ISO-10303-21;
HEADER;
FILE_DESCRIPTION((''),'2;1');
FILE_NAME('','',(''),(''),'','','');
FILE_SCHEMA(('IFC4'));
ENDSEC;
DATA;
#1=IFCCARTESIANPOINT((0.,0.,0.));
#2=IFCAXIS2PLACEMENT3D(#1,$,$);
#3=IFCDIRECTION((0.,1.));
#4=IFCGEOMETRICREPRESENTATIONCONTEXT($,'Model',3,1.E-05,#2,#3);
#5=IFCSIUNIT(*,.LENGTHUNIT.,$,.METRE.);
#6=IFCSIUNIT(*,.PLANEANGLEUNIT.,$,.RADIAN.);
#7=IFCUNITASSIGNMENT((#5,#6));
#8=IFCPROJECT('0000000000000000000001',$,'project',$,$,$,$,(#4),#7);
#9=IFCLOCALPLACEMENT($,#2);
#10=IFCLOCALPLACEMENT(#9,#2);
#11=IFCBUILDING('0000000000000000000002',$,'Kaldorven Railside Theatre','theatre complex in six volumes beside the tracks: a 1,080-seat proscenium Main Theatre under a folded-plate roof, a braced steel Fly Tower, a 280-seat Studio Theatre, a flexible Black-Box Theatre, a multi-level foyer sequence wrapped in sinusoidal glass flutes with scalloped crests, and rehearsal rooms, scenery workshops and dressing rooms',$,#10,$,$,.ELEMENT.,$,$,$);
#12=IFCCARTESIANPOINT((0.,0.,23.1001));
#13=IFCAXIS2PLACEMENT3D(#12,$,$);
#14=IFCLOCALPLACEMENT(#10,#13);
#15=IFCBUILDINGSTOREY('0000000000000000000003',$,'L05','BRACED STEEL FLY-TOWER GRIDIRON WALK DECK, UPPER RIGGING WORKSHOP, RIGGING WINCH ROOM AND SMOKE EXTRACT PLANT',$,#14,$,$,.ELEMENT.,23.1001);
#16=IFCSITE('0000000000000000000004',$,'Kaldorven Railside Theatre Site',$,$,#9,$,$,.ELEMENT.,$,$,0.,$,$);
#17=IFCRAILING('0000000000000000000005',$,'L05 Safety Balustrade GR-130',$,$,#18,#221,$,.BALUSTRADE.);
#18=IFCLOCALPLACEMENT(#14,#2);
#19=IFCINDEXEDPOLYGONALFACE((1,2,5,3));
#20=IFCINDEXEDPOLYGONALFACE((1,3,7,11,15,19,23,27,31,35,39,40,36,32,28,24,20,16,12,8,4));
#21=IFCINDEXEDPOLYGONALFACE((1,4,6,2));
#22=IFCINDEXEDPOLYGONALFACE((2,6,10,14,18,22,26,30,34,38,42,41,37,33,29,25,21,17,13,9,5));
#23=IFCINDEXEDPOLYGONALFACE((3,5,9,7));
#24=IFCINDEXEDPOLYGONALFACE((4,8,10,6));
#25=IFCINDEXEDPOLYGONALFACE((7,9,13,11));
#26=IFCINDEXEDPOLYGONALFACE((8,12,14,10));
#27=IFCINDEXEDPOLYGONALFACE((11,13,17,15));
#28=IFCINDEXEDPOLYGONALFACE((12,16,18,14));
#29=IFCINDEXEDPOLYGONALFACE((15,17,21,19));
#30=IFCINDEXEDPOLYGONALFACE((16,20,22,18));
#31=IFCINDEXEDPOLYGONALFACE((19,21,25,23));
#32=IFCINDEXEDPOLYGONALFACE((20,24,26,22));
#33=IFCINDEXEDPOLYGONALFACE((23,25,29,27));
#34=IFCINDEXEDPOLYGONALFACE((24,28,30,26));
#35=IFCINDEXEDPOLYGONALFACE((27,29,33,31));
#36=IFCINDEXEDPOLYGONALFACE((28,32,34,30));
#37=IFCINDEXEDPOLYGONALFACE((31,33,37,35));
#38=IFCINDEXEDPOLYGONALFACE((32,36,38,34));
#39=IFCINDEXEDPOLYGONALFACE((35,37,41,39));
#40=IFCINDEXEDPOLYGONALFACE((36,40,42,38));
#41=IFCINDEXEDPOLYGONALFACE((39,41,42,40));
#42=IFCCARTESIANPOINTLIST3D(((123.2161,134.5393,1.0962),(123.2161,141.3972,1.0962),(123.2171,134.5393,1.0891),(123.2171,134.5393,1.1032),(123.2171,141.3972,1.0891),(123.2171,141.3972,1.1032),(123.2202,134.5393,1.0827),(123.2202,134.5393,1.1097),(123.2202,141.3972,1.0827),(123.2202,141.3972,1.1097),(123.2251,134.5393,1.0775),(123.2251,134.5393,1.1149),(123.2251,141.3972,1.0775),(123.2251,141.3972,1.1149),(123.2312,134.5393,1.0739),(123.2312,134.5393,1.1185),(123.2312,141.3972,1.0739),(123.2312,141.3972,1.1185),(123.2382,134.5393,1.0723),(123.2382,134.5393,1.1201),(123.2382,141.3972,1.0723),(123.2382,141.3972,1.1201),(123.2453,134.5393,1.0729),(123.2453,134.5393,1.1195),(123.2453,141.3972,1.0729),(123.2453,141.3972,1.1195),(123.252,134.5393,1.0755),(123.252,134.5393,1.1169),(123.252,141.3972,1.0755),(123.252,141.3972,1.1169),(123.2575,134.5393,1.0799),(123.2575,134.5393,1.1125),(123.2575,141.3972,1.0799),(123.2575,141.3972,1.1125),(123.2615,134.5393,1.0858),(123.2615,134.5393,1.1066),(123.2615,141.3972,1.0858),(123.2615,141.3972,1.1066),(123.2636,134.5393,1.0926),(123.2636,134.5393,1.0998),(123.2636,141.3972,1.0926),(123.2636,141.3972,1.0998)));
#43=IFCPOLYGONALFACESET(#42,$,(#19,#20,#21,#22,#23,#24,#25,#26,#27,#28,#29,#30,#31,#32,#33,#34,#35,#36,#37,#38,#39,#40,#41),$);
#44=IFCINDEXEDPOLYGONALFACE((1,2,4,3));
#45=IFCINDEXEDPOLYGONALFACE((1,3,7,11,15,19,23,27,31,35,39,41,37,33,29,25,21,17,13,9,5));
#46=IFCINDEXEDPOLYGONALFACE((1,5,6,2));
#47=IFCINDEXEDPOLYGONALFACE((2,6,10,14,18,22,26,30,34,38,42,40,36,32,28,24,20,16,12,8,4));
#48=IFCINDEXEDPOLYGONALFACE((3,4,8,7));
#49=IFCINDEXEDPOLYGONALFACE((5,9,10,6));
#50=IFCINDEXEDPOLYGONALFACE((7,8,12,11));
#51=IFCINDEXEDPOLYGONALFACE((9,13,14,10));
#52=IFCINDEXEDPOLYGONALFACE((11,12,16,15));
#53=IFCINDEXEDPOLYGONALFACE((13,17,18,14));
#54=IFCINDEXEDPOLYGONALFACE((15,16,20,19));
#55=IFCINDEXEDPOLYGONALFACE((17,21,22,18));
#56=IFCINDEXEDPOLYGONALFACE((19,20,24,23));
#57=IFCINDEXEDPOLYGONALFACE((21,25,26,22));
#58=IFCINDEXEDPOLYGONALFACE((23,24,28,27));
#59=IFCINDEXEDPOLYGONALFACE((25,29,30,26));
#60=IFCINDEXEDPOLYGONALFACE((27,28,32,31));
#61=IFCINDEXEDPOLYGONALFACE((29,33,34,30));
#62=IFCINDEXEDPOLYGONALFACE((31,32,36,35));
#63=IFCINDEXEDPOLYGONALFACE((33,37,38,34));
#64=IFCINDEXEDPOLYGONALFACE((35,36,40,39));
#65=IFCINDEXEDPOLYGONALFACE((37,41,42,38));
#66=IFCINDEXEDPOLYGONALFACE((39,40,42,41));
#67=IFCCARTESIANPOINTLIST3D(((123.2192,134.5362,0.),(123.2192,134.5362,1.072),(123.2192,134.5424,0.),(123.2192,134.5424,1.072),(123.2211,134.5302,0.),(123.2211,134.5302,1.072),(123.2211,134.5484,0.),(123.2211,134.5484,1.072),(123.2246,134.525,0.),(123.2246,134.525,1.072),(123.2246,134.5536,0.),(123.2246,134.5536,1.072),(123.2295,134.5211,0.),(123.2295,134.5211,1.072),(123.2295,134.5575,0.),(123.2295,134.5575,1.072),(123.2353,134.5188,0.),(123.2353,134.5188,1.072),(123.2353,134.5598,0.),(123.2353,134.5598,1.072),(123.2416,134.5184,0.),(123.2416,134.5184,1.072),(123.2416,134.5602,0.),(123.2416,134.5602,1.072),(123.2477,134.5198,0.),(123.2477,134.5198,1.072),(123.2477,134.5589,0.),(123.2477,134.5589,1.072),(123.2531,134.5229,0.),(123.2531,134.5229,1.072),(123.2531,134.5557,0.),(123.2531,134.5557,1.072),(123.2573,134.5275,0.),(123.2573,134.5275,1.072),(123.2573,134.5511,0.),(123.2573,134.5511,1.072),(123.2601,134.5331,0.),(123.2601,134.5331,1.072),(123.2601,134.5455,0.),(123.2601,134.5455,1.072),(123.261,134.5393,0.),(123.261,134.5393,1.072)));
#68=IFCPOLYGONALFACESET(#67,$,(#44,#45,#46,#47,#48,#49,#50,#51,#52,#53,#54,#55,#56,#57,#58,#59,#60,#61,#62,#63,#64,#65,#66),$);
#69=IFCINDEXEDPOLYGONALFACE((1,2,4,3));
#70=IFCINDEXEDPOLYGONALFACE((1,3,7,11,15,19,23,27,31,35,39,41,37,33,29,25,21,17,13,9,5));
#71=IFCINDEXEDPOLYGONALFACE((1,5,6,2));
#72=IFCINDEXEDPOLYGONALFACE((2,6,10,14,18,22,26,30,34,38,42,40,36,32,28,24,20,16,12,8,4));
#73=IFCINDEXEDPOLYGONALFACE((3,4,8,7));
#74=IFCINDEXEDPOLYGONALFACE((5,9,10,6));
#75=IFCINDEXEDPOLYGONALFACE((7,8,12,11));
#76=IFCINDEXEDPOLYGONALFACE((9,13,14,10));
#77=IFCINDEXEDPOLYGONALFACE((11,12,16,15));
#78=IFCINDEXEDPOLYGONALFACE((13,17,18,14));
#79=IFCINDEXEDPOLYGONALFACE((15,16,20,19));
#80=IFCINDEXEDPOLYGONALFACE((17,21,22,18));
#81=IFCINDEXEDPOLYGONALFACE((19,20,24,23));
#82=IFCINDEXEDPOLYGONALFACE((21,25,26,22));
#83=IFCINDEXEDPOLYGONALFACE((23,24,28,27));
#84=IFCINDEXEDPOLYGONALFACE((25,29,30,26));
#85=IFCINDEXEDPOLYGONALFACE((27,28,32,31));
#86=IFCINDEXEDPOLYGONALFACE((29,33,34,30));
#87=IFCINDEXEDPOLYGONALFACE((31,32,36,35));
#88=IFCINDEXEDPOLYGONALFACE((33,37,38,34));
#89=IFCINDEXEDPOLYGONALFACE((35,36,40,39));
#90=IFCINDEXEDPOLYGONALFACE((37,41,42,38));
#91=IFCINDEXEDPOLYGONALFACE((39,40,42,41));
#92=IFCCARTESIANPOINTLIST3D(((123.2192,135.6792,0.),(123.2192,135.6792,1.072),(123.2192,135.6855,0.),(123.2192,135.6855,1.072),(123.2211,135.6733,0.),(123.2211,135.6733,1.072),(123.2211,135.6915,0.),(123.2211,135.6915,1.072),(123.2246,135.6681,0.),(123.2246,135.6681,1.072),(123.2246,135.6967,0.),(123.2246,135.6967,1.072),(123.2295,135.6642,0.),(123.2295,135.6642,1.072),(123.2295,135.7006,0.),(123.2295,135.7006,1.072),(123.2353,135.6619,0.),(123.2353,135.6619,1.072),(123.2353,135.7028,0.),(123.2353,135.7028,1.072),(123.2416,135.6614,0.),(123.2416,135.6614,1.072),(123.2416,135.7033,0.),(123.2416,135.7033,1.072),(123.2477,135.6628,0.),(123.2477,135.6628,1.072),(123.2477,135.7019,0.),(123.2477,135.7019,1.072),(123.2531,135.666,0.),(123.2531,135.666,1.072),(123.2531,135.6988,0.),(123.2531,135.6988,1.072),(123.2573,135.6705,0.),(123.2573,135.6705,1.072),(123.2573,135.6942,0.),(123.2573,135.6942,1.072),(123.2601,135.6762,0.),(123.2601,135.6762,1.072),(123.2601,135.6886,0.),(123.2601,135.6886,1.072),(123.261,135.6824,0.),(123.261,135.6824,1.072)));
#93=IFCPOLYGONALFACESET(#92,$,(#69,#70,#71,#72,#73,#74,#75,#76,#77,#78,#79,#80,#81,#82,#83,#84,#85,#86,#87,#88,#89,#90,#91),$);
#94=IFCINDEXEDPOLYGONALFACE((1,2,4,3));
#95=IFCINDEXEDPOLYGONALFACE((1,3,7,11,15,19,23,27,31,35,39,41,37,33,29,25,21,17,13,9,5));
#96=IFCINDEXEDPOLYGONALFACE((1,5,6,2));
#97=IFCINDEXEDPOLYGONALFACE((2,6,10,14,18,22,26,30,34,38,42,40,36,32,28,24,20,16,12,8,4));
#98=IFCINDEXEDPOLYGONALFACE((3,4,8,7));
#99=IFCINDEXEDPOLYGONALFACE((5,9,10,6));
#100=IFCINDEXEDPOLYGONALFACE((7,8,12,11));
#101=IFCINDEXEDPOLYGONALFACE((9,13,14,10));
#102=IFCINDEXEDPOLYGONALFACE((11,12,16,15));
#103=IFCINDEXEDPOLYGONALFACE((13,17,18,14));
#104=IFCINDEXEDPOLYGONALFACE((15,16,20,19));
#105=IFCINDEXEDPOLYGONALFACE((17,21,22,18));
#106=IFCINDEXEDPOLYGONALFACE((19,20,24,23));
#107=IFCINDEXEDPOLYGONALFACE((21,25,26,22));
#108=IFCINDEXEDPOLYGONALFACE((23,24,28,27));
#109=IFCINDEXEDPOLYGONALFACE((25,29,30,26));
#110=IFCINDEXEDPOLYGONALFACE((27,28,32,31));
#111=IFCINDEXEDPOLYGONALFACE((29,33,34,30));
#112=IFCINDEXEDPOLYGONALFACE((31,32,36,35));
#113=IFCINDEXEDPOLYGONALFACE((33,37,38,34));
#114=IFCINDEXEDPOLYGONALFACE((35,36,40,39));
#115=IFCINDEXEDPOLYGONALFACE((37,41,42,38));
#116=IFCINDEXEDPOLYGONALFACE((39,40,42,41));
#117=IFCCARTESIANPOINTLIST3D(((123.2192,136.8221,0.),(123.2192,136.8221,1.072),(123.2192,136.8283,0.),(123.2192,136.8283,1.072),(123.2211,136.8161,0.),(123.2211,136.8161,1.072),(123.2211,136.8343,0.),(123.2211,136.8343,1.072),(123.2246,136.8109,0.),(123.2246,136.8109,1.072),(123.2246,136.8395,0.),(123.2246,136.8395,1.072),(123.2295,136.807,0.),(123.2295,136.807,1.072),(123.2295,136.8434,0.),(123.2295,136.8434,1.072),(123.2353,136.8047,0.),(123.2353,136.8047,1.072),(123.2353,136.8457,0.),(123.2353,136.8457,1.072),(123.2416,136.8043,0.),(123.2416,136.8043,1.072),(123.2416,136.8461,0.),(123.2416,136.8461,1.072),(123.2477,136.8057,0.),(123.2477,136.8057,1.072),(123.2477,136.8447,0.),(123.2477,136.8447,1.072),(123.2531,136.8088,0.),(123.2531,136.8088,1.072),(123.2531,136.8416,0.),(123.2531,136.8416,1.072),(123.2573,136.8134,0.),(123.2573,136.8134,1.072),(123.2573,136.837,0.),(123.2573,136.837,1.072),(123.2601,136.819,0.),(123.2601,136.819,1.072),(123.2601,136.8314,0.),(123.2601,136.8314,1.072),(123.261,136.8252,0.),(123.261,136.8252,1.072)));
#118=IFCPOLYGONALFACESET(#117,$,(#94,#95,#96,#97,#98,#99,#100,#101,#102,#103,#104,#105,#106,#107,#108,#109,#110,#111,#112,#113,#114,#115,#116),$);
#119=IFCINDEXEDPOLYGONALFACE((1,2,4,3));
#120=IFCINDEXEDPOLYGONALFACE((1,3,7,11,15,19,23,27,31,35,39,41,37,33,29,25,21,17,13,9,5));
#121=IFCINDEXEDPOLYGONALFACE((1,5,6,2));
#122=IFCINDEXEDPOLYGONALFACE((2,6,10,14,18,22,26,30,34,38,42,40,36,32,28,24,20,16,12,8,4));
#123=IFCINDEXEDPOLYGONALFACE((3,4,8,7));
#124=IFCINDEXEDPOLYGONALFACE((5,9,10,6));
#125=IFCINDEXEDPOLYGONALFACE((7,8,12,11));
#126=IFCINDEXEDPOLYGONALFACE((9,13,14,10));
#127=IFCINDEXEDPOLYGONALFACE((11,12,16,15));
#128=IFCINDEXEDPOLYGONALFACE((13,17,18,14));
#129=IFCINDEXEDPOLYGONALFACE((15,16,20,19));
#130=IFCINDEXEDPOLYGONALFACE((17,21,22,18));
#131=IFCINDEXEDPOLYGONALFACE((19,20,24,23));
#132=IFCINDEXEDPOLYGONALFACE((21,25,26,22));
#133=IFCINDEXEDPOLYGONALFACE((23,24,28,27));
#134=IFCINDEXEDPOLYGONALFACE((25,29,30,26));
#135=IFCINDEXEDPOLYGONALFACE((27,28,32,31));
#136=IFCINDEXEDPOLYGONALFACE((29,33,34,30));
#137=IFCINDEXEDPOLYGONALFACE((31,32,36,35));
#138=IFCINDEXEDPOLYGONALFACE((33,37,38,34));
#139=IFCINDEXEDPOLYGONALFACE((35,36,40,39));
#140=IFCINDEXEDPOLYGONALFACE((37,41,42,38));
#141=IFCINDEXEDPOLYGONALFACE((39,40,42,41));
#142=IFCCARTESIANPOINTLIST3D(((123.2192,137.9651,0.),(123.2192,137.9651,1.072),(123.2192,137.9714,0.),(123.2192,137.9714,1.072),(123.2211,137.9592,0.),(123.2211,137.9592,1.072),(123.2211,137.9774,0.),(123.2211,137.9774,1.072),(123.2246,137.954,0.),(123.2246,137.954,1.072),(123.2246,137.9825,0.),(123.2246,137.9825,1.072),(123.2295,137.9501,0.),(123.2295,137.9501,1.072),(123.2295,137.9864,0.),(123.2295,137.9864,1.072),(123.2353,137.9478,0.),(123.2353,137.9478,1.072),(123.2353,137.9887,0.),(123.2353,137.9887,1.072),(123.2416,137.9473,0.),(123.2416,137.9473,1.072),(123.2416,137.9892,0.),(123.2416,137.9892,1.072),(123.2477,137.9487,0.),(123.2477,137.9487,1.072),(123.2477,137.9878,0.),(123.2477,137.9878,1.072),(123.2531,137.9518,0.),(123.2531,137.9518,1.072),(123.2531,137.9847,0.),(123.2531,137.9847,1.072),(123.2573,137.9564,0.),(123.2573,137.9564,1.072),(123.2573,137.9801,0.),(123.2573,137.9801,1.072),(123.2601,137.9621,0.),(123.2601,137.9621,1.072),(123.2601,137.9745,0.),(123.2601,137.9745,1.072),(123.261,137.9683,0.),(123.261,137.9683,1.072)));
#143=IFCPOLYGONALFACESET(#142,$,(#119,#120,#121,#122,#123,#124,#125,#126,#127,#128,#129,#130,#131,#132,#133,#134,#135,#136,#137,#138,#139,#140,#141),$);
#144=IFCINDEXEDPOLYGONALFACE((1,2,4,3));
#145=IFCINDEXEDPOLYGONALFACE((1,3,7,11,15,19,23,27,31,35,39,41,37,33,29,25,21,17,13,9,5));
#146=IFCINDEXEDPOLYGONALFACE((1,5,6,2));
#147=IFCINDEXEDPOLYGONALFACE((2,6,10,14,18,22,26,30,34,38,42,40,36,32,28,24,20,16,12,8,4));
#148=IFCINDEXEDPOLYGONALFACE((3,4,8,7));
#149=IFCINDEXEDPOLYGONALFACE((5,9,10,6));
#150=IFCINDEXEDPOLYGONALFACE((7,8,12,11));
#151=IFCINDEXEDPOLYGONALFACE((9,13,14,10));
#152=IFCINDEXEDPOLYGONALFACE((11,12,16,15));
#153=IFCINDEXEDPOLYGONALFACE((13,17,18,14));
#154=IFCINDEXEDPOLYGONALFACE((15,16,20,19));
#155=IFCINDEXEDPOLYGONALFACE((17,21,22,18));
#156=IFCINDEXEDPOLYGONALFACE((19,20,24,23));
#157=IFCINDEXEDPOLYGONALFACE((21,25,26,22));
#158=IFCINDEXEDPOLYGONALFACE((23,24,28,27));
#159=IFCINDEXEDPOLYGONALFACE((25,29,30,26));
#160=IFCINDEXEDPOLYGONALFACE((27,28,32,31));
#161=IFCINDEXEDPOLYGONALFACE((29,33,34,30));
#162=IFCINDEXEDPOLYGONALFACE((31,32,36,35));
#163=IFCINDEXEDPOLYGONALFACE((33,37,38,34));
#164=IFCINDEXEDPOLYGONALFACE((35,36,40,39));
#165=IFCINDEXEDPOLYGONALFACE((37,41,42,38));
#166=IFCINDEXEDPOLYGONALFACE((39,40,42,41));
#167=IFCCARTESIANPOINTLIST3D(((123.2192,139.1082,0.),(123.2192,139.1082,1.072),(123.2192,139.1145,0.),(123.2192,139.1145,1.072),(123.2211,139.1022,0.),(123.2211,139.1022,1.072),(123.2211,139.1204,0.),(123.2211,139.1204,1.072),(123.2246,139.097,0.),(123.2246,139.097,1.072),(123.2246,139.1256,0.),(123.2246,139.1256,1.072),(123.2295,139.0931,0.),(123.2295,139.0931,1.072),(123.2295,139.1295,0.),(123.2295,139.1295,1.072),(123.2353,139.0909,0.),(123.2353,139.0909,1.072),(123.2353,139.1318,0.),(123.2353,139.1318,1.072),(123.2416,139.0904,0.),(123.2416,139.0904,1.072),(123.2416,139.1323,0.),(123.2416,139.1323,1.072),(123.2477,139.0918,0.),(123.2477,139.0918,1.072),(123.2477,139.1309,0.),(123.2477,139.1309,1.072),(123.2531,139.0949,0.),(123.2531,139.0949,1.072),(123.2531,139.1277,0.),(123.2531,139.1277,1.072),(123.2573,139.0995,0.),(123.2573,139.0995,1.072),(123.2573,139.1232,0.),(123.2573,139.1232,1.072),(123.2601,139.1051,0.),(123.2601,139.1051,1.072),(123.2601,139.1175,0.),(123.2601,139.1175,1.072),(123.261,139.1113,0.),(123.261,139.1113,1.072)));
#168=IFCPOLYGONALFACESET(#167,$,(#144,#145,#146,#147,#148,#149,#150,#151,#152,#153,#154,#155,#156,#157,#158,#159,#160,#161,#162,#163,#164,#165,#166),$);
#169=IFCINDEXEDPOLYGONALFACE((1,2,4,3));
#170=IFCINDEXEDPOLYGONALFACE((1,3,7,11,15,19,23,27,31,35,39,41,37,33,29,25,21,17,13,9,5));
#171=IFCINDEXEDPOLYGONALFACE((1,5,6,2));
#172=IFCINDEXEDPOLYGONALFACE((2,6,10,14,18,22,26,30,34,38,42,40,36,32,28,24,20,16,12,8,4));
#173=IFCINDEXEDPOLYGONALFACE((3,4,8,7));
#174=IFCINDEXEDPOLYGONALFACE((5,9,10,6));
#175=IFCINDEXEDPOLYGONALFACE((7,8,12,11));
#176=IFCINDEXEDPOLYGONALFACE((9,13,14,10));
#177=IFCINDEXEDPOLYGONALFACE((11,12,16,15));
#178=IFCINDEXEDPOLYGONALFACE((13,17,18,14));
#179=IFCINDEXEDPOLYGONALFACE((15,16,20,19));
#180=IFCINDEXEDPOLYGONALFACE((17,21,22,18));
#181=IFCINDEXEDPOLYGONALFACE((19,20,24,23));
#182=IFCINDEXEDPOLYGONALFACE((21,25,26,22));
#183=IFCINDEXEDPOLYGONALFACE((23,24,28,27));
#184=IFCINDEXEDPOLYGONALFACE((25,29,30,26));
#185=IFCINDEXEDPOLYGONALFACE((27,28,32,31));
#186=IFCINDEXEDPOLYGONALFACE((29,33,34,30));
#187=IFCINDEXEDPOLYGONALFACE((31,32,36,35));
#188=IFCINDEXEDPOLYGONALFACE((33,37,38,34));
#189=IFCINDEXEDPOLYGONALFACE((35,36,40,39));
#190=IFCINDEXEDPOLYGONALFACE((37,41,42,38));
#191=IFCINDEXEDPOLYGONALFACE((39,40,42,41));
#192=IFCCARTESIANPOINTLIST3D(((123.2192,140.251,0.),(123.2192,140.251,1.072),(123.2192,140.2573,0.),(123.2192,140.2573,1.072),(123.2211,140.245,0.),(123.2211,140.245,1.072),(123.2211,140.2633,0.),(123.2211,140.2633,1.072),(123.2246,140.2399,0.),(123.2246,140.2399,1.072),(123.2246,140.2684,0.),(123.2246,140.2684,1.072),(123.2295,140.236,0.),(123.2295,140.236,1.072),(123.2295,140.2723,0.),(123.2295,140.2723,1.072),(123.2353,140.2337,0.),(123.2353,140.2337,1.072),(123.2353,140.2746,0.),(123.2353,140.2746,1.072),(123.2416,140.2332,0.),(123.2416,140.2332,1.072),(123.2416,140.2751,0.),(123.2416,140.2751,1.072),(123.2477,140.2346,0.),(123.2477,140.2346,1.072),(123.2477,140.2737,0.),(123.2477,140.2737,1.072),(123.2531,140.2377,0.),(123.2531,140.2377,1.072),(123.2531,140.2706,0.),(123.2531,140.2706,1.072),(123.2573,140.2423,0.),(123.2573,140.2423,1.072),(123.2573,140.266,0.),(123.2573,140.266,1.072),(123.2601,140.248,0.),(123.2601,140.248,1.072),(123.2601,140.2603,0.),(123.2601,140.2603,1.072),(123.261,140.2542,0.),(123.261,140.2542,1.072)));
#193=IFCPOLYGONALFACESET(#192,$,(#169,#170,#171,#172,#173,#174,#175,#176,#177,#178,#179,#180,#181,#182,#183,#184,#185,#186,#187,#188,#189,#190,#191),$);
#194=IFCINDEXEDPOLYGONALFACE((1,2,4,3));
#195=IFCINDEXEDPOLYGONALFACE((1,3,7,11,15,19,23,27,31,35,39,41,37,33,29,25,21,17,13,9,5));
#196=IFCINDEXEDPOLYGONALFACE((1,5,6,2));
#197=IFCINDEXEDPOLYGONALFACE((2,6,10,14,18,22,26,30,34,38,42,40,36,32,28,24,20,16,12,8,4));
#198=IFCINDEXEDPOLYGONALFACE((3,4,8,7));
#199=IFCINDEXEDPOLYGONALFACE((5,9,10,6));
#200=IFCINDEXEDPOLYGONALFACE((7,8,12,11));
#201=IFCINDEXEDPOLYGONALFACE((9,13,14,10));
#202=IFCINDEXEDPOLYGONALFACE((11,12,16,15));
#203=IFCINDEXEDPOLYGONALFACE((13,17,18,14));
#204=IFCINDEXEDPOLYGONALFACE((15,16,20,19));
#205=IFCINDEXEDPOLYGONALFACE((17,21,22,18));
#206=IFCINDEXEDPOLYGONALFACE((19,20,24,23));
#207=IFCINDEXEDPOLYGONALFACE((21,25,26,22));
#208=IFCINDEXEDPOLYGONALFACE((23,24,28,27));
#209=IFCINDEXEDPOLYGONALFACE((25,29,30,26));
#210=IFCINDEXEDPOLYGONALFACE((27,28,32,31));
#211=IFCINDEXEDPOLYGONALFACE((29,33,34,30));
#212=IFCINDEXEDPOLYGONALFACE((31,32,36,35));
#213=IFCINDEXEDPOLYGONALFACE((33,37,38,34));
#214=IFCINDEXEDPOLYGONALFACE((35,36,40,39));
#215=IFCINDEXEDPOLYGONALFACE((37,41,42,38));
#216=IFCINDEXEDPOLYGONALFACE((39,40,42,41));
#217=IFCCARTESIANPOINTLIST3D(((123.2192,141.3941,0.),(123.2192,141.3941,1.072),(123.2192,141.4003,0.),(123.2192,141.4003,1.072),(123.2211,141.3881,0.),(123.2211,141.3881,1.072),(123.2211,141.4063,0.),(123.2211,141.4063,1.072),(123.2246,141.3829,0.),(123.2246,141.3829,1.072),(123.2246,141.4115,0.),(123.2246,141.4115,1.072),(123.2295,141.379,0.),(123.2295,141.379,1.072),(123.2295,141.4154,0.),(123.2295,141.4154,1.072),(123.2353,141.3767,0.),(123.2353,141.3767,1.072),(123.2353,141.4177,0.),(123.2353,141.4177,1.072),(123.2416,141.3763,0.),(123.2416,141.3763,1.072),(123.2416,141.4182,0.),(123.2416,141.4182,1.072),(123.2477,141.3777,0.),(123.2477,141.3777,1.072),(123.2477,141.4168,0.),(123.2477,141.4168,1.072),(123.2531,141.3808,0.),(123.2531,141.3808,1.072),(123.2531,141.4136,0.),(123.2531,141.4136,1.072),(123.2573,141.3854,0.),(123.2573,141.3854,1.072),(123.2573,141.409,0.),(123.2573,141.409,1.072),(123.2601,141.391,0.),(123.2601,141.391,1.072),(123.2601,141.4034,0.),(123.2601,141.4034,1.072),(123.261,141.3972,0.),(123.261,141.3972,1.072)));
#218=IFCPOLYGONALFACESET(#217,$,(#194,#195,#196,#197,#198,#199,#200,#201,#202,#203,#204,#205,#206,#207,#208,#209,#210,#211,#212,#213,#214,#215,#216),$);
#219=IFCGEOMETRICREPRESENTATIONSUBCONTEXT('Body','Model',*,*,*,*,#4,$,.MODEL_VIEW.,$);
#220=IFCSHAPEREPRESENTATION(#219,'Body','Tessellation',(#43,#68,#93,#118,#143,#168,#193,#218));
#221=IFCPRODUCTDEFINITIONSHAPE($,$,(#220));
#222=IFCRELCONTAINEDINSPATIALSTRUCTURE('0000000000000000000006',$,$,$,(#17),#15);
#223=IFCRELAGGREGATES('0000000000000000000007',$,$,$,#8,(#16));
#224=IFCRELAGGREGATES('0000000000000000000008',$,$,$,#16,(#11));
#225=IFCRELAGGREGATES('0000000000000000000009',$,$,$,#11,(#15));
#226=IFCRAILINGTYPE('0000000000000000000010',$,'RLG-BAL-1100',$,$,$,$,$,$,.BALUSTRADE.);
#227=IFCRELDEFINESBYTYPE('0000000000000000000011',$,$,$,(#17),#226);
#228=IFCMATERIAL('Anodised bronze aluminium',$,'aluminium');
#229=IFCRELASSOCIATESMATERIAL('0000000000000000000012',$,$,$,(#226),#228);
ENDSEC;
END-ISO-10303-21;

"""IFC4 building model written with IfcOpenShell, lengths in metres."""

from ifc_helpers import new_model, si_unit, direction, frame, origin, origin_2d, place, context, subcontext, project, spatial, circle, extrude, material, type_object, element, save


model = new_model("IFC4")

# Units and contexts
model_context = context("Model", 3, precision=1e-05, world=origin(), true_north=direction((0.0, 1.0)))
body_context = subcontext(model_context, "Body", "Model", "MODEL_VIEW")
ifc_project = project(units=[si_unit("LENGTHUNIT", "METRE"), si_unit("PLANEANGLEUNIT", "RADIAN")], contexts=[model_context])

# Site, building, storey
site_placement = place(None, origin())
site = spatial("IfcSite", under=ifc_project, at=site_placement, Name="Kaldorven Railside Theatre Site", CompositionType="ELEMENT", RefElevation=0.0)
building_placement = place(site_placement, origin())
building = spatial("IfcBuilding", under=site, at=building_placement, Name="Kaldorven Railside Theatre", Description="theatre complex in six volumes beside the tracks: a 1,080-seat proscenium Main Theatre under a folded-plate roof, a braced steel Fly Tower, a 280-seat Studio Theatre, a flexible Black-Box Theatre, a multi-level foyer sequence wrapped in sinusoidal glass flutes with scalloped crests, and rehearsal rooms, scenery workshops and dressing rooms", CompositionType="ELEMENT")
storey_placement = place(building_placement, frame((0.0, 0.0, 23.1001)))
storey = spatial("IfcBuildingStorey", under=building, at=storey_placement, Name="L05", Description="BRACED STEEL FLY-TOWER GRIDIRON WALK DECK, UPPER RIGGING WORKSHOP, RIGGING WINCH ROOM AND SMOKE EXTRACT PLANT", CompositionType="ELEMENT", Elevation=23.1001)

# Railing
ifc_material_1 = material(Name="Anodised bronze aluminium", Category="aluminium")
railing_type = type_object("IfcRailingType", Name="RLG-BAL-1100", PredefinedType="BALUSTRADE", material=ifc_material_1)
railing_placement = place(storey_placement, frame((123.24, 134.5393, 0.0)))
element("IfcRailing", 1, at=railing_placement, inside=storey, type_object=railing_type, Name="L05 Safety Balustrade GR-130", PredefinedType="BALUSTRADE", context=body_context, shape_type="SweptSolid", body=[
    extrude(circle(Radius=0.0239, at=origin_2d()), frame((0.0, 0.0, 1.0962), z_axis=(0.0, 1.0, 0.0), x_axis=(-1.0, 0.0, 0.0)), (0.0, 0.0, 1.0), 6.8579),
    extrude(circle(Radius=0.021, at=origin_2d()), origin(), (0.0, 0.0, 1.0), 1.072),
    extrude(circle(Radius=0.021, at=origin_2d()), frame((0.0, 1.1431, 0.0)), (0.0, 0.0, 1.0), 1.072),
    extrude(circle(Radius=0.021, at=origin_2d()), frame((0.0, 2.2859, 0.0)), (0.0, 0.0, 1.0), 1.072),
    extrude(circle(Radius=0.021, at=origin_2d()), frame((0.0, 3.429, 0.0)), (0.0, 0.0, 1.0), 1.072),
    extrude(circle(Radius=0.021, at=origin_2d()), frame((0.0, 4.572, 0.0)), (0.0, 0.0, 1.0), 1.072),
    extrude(circle(Radius=0.021, at=origin_2d()), frame((0.0, 5.7148, 0.0)), (0.0, 0.0, 1.0), 1.072),
    extrude(circle(Radius=0.021, at=origin_2d()), frame((0.0, 6.8579, 0.0)), (0.0, 0.0, 1.0), 1.072),
])

save(model, "model.ifc")
